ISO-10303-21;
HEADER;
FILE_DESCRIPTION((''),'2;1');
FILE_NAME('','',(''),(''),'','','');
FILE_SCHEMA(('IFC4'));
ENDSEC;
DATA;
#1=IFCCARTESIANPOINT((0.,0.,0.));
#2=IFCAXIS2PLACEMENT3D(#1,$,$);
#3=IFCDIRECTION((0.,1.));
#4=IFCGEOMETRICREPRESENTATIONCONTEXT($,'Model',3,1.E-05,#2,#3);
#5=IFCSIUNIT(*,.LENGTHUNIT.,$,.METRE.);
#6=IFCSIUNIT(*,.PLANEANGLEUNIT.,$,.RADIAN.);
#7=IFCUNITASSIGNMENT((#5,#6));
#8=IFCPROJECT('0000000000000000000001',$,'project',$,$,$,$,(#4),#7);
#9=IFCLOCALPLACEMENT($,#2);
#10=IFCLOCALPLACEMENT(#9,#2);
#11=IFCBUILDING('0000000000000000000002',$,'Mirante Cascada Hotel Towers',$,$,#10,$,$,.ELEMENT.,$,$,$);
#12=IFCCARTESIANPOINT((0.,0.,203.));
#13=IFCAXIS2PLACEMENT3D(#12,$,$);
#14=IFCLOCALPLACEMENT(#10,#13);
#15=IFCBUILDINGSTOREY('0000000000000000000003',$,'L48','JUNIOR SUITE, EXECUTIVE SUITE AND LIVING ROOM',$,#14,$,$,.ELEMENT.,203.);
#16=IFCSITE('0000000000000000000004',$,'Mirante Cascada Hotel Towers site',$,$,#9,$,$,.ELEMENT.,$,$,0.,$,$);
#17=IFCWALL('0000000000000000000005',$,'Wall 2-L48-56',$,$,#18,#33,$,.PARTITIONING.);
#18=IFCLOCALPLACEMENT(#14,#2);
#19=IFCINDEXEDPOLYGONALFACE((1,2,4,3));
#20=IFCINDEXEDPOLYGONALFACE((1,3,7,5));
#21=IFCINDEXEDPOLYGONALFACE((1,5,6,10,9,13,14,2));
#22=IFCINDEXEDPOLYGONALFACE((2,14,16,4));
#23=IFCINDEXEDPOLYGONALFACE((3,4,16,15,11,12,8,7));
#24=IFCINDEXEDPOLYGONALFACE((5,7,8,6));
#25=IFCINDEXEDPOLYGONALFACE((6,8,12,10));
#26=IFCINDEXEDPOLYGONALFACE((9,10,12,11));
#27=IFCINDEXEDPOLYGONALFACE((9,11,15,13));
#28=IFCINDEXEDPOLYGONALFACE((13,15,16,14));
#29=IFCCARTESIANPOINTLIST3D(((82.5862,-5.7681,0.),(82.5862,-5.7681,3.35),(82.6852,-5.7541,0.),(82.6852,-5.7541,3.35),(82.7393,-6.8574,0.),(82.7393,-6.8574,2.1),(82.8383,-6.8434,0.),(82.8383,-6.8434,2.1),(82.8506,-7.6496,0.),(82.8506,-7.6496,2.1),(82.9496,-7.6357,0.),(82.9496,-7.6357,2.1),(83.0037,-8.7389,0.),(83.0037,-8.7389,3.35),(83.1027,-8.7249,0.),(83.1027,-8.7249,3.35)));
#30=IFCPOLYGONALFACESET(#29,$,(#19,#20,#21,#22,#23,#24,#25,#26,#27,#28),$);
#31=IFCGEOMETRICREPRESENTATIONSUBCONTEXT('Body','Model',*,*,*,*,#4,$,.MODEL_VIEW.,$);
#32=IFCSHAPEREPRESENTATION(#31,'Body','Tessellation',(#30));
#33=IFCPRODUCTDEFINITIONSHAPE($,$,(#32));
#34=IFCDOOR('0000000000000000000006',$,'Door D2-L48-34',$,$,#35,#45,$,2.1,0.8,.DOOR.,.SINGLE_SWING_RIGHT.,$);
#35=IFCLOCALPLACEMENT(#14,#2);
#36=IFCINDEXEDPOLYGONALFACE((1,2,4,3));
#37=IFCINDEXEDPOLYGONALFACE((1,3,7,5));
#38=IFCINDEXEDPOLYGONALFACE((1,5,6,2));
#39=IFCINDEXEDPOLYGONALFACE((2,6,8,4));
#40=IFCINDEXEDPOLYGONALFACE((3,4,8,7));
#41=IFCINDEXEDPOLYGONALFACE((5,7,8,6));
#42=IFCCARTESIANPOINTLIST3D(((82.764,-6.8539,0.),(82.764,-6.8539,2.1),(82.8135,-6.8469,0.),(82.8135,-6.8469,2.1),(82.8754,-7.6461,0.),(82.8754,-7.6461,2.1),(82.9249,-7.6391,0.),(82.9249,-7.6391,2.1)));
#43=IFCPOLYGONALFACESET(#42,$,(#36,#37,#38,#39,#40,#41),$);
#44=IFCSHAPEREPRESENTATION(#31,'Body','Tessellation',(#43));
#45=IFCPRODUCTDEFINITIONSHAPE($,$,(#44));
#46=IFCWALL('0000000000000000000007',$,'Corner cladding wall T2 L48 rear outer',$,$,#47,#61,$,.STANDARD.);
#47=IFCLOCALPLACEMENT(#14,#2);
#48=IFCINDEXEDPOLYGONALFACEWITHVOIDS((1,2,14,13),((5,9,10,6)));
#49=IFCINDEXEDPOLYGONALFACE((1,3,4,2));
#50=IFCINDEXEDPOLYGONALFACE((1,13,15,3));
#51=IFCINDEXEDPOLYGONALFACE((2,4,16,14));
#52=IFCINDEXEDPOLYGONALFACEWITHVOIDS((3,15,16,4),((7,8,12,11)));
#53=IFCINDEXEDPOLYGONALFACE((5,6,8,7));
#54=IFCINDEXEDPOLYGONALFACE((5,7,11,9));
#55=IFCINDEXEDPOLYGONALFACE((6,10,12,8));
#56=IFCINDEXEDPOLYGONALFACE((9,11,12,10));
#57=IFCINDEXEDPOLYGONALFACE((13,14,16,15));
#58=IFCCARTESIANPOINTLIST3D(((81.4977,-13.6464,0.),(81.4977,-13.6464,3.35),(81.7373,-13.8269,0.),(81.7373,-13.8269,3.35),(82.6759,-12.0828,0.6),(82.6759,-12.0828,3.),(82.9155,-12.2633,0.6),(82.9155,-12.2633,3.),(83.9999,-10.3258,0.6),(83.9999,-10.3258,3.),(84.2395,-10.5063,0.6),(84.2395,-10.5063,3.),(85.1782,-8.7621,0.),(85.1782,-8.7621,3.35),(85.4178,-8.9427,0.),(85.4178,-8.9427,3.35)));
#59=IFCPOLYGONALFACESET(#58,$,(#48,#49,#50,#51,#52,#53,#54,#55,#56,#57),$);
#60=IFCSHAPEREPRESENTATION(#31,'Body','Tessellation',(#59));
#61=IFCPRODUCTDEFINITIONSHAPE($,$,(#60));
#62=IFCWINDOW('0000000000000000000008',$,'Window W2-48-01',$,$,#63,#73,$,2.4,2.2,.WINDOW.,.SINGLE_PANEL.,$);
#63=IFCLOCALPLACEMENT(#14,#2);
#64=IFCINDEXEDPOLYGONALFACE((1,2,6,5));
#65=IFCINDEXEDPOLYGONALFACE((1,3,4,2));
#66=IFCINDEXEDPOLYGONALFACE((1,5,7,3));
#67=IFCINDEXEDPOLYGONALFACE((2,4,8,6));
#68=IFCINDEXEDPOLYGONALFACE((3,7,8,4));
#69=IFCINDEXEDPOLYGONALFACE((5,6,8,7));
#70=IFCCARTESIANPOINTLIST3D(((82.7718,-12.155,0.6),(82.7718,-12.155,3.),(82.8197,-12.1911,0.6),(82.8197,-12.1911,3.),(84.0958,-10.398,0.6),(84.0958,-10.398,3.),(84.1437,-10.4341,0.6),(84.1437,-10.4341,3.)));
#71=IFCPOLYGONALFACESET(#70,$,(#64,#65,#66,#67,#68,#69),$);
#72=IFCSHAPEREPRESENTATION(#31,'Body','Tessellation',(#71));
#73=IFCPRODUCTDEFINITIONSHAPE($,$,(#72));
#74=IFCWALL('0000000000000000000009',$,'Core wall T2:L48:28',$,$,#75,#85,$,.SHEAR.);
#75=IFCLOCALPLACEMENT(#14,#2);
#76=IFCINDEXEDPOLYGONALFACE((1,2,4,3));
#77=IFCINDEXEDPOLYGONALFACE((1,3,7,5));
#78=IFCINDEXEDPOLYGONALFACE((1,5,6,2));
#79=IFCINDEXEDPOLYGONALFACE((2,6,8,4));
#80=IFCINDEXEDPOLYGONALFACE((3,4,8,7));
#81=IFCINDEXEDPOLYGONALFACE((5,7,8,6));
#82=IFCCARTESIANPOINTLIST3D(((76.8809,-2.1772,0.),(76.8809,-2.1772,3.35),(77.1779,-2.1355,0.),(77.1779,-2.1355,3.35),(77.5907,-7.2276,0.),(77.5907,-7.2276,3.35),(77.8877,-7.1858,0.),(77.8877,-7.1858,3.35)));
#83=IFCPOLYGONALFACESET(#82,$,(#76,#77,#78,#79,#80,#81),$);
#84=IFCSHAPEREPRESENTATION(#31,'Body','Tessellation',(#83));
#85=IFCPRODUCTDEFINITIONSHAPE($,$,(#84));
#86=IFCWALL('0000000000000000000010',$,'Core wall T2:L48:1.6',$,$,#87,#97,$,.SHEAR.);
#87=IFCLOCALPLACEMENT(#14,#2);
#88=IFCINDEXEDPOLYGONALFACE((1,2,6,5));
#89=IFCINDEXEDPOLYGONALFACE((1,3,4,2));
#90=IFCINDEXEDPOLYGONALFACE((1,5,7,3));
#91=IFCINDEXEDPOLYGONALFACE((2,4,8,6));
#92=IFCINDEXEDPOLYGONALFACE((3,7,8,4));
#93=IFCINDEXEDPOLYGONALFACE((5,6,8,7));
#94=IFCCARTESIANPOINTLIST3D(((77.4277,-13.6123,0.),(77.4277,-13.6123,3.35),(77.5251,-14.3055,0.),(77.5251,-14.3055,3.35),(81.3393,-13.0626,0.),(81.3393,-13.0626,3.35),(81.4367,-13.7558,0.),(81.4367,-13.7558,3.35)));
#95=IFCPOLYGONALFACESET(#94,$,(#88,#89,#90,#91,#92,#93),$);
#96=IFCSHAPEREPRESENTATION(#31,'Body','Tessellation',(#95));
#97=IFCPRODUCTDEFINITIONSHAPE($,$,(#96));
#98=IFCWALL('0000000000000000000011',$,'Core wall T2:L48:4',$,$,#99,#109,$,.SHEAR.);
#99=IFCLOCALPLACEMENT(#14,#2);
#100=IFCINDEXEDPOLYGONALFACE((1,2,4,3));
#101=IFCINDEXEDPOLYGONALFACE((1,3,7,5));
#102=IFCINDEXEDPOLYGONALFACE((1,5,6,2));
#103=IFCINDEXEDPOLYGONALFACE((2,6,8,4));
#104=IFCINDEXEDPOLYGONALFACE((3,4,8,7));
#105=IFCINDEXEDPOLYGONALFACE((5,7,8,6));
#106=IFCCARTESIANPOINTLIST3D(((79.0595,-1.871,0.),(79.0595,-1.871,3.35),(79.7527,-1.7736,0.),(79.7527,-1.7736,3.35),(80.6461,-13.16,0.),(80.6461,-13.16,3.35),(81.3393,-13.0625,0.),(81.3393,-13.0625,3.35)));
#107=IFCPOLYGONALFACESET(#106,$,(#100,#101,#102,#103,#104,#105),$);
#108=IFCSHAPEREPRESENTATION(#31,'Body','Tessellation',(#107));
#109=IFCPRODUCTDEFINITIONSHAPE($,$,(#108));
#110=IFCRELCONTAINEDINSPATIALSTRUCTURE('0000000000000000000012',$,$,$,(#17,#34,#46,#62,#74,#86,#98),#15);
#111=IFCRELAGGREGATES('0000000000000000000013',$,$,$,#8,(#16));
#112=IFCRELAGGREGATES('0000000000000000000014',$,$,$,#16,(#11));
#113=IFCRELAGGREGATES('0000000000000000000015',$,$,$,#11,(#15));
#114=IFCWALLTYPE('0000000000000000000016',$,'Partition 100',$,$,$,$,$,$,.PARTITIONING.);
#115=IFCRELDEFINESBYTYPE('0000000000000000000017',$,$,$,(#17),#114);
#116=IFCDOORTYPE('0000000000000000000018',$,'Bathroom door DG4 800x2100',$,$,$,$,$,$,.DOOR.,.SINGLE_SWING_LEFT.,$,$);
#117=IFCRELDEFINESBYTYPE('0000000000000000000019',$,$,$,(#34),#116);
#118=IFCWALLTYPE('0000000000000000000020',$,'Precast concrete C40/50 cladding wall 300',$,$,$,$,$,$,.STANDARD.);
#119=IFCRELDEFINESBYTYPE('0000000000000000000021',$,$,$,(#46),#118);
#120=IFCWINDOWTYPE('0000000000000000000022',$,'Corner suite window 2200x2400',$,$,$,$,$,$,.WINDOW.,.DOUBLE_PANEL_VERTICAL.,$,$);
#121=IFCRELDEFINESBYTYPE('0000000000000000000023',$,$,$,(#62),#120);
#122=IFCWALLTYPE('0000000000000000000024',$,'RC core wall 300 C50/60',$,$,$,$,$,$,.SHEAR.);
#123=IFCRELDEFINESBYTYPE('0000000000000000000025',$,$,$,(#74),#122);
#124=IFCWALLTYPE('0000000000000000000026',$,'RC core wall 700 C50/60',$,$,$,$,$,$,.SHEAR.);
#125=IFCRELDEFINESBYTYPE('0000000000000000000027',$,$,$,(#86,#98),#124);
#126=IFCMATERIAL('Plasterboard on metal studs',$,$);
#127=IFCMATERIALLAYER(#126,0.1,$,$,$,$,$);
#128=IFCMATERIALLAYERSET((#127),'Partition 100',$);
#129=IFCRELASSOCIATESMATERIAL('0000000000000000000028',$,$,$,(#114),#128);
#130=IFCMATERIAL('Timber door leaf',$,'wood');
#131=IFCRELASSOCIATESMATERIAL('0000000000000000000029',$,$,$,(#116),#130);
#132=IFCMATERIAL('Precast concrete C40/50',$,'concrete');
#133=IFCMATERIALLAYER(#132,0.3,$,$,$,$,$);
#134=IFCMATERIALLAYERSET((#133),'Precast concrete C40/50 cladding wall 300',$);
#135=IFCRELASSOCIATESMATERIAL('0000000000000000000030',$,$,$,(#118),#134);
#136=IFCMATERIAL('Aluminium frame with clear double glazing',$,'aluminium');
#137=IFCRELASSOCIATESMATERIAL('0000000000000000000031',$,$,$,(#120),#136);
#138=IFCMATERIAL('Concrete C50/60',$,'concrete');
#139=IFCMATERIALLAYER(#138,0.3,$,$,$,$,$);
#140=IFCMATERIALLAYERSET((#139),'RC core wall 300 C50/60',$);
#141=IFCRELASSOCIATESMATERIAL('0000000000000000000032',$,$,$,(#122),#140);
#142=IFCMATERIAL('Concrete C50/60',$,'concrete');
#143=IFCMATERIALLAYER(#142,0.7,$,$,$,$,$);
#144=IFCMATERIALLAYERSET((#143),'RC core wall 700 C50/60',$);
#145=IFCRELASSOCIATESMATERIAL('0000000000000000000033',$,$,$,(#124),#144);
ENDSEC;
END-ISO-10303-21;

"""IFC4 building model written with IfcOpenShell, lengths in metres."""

from ifc_helpers import new_model, si_unit, direction, frame, frame_2d, origin, place, context, subcontext, project, spatial, rectangle, extrude, material, layer, layer_set, type_object, element, fill, save


model = new_model("IFC4")

# Units and contexts
model_context = context("Model", 3, precision=1e-05, world=origin(), true_north=direction((0.0, 1.0)))
body_context = subcontext(model_context, "Body", "Model", "MODEL_VIEW")
ifc_project = project(units=[si_unit("LENGTHUNIT", "METRE"), si_unit("PLANEANGLEUNIT", "RADIAN")], contexts=[model_context])

# Site, building, storey
site_placement = place(None, origin())
site = spatial("IfcSite", under=ifc_project, at=site_placement, Name="Mirante Cascada Hotel Towers site", CompositionType="ELEMENT", RefElevation=0.0)
building_placement = place(site_placement, origin())
building = spatial("IfcBuilding", under=site, at=building_placement, Name="Mirante Cascada Hotel Towers", CompositionType="ELEMENT")
storey_placement = place(building_placement, frame((0.0, 0.0, 203.0)))
storey = spatial("IfcBuildingStorey", under=building, at=storey_placement, Name="L48", Description="JUNIOR SUITE, EXECUTIVE SUITE AND LIVING ROOM", CompositionType="ELEMENT", Elevation=203.0)

# Shared definitions
ifc_material_1 = material(Name="Plasterboard on metal studs")
ifc_layer_1 = layer(ifc_material_1, 0.1)
ifc_layer_set_1 = layer_set([ifc_layer_1], Name="Partition 100")
wall_type_1 = type_object("IfcWallType", Name="Partition 100", PredefinedType="PARTITIONING", material=ifc_layer_set_1)

# Wall, opening, door
wall_1_placement = place(storey_placement, frame((82.6357, -5.7611, 0.0), z_axis=(0.0, 0.0, 1.0), x_axis=(0.139167, -0.990269, 0.0)))
wall_1 = element("IfcWall", 1, at=wall_1_placement, inside=storey, type_object=wall_type_1, Name="Wall 2-L48-56", PredefinedType="PARTITIONING", context=body_context, shape_type="SweptSolid", body=[
    extrude(rectangle(XDim=3.0, YDim=0.1, at=frame_2d((1.5, 0.0))), origin(), (0.0, 0.0, 1.0), 3.35),
])
opening_1_placement = place(wall_1_placement, frame((1.1, 0.0, 0.0)))
opening_1 = element("IfcOpeningElement", 2, at=opening_1_placement, cuts=wall_1, PredefinedType="OPENING", context=body_context, shape_type="SweptSolid", body=[
    extrude(rectangle(XDim=0.8, YDim=2.1, at=frame_2d((0.4, 1.05))), frame((0.0, 0.05, 0.0), z_axis=(0.0, -1.0, 0.0), x_axis=(1.0, 0.0, 0.0)), (0.0, 0.0, 1.0), 0.1),
])
ifc_material_2 = material(Name="Timber door leaf", Category="wood")
door_type_1 = type_object("IfcDoorType", Name="Bathroom door DG4 800x2100", OperationType="SINGLE_SWING_LEFT", PredefinedType="DOOR", material=ifc_material_2)
door_1_placement = place(opening_1_placement, frame((0.8, 0.0, 0.0), z_axis=(0.0, 0.0, 1.0), x_axis=(-1.0, 0.0, 0.0)))
door_1 = element("IfcDoor", 3, at=door_1_placement, inside=storey, type_object=door_type_1, Name="Door D2-L48-34", OperationType="SINGLE_SWING_RIGHT", OverallHeight=2.1, OverallWidth=0.8, PredefinedType="DOOR", context=body_context, shape_type="SweptSolid", body=[
    extrude(rectangle(XDim=0.8, YDim=2.1, at=frame_2d((0.4, 1.05))), frame((0.0, 0.025, 0.0), z_axis=(0.0, -1.0, 0.0), x_axis=(1.0, 0.0, 0.0)), (0.0, 0.0, 1.0), 0.05),
])
fill(opening_1, door_1)

# Wall, opening, window
ifc_material_3 = material(Name="Precast concrete C40/50", Category="concrete")
ifc_layer_2 = layer(ifc_material_3, 0.3)
ifc_layer_set_2 = layer_set([ifc_layer_2], Name="Precast concrete C40/50 cladding wall 300")
wall_type_2 = type_object("IfcWallType", Name="Precast concrete C40/50 cladding wall 300", PredefinedType="STANDARD", material=ifc_layer_set_2)
wall_2_placement = place(storey_placement, frame((81.6175, -13.7366, 0.0), z_axis=(0.0, 0.0, 1.0), x_axis=(0.601814, 0.798636, 0.0)))
wall_2 = element("IfcWall", 4, at=wall_2_placement, inside=storey, type_object=wall_type_2, Name="Corner cladding wall T2 L48 rear outer", PredefinedType="STANDARD", context=body_context, shape_type="SweptSolid", body=[
    extrude(rectangle(XDim=6.1157, YDim=0.3, at=frame_2d((3.0578, 0.0))), origin(), (0.0, 0.0, 1.0), 3.35),
])
opening_2_placement = place(wall_2_placement, frame((1.9578, 0.0, 0.6)))
opening_2 = element("IfcOpeningElement", 5, at=opening_2_placement, cuts=wall_2, PredefinedType="OPENING", context=body_context, shape_type="SweptSolid", body=[
    extrude(rectangle(XDim=2.2, YDim=2.4, at=frame_2d((1.1, 1.2))), frame((0.0, 0.15, 0.0), z_axis=(0.0, -1.0, 0.0), x_axis=(1.0, 0.0, 0.0)), (0.0, 0.0, 1.0), 0.3),
])
ifc_material_4 = material(Name="Aluminium frame with clear double glazing", Category="aluminium")
window_type = type_object("IfcWindowType", Name="Corner suite window 2200x2400", PartitioningType="DOUBLE_PANEL_VERTICAL", PredefinedType="WINDOW", material=ifc_material_4)
window_placement = place(opening_2_placement, origin())
window = element("IfcWindow", 6, at=window_placement, inside=storey, type_object=window_type, Name="Window W2-48-01", OverallHeight=2.4, OverallWidth=2.2, PartitioningType="SINGLE_PANEL", PredefinedType="WINDOW", context=body_context, shape_type="SweptSolid", body=[
    extrude(rectangle(XDim=2.2, YDim=2.4, at=frame_2d((1.1, 1.2))), frame((0.0, 0.03, 0.0), z_axis=(0.0, -1.0, 0.0), x_axis=(1.0, 0.0, 0.0)), (0.0, 0.0, 1.0), 0.06),
])
fill(opening_2, window)

# Walls
ifc_material_5 = material(Name="Concrete C50/60", Category="concrete")
ifc_layer_3 = layer(ifc_material_5, 0.3)
ifc_layer_set_3 = layer_set([ifc_layer_3], Name="RC core wall 300 C50/60")
wall_type_3 = type_object("IfcWallType", Name="RC core wall 300 C50/60", PredefinedType="SHEAR", material=ifc_layer_set_3)
wall_3_placement = place(storey_placement, frame((77.7392, -7.2067, 0.0), z_axis=(0.0, 0.0, 1.0), x_axis=(-0.139176, 0.990268, 0.0)))
element("IfcWall", 7, at=wall_3_placement, inside=storey, type_object=wall_type_3, Name="Core wall T2:L48:28", PredefinedType="SHEAR", context=body_context, shape_type="SweptSolid", body=[
    extrude(rectangle(XDim=5.1, YDim=0.3, at=frame_2d((2.55, 0.0))), origin(), (0.0, 0.0, 1.0), 3.35),
])
ifc_material_6 = material(Name="Concrete C50/60", Category="concrete")
ifc_layer_4 = layer(ifc_material_6, 0.7)
ifc_layer_set_4 = layer_set([ifc_layer_4], Name="RC core wall 700 C50/60")
wall_type_4 = type_object("IfcWallType", Name="RC core wall 700 C50/60", PredefinedType="SHEAR", material=ifc_layer_set_4)
wall_4_placement = place(storey_placement, frame((77.4764, -13.9589, 0.0), z_axis=(0.0, 0.0, 1.0), x_axis=(0.990269, 0.139163, 0.0)))
element("IfcWall", 8, at=wall_4_placement, inside=storey, type_object=wall_type_4, Name="Core wall T2:L48:1.6", PredefinedType="SHEAR", context=body_context, shape_type="SweptSolid", body=[
    extrude(rectangle(XDim=3.95, YDim=0.7, at=frame_2d((1.975, 0.0))), origin(), (0.0, 0.0, 1.0), 3.35),
])
wall_5_placement = place(storey_placement, frame((80.9927, -13.1113, 0.0), z_axis=(0.0, 0.0, 1.0), x_axis=(-0.139176, 0.990268, 0.0)))
element("IfcWall", 9, at=wall_5_placement, inside=storey, type_object=wall_type_4, Name="Core wall T2:L48:4", PredefinedType="SHEAR", context=body_context, shape_type="SweptSolid", body=[
    extrude(rectangle(XDim=11.3999, YDim=0.7, at=frame_2d((5.7, 0.0))), origin(), (0.0, 0.0, 1.0), 3.35),
])

save(model, "model.ifc")
